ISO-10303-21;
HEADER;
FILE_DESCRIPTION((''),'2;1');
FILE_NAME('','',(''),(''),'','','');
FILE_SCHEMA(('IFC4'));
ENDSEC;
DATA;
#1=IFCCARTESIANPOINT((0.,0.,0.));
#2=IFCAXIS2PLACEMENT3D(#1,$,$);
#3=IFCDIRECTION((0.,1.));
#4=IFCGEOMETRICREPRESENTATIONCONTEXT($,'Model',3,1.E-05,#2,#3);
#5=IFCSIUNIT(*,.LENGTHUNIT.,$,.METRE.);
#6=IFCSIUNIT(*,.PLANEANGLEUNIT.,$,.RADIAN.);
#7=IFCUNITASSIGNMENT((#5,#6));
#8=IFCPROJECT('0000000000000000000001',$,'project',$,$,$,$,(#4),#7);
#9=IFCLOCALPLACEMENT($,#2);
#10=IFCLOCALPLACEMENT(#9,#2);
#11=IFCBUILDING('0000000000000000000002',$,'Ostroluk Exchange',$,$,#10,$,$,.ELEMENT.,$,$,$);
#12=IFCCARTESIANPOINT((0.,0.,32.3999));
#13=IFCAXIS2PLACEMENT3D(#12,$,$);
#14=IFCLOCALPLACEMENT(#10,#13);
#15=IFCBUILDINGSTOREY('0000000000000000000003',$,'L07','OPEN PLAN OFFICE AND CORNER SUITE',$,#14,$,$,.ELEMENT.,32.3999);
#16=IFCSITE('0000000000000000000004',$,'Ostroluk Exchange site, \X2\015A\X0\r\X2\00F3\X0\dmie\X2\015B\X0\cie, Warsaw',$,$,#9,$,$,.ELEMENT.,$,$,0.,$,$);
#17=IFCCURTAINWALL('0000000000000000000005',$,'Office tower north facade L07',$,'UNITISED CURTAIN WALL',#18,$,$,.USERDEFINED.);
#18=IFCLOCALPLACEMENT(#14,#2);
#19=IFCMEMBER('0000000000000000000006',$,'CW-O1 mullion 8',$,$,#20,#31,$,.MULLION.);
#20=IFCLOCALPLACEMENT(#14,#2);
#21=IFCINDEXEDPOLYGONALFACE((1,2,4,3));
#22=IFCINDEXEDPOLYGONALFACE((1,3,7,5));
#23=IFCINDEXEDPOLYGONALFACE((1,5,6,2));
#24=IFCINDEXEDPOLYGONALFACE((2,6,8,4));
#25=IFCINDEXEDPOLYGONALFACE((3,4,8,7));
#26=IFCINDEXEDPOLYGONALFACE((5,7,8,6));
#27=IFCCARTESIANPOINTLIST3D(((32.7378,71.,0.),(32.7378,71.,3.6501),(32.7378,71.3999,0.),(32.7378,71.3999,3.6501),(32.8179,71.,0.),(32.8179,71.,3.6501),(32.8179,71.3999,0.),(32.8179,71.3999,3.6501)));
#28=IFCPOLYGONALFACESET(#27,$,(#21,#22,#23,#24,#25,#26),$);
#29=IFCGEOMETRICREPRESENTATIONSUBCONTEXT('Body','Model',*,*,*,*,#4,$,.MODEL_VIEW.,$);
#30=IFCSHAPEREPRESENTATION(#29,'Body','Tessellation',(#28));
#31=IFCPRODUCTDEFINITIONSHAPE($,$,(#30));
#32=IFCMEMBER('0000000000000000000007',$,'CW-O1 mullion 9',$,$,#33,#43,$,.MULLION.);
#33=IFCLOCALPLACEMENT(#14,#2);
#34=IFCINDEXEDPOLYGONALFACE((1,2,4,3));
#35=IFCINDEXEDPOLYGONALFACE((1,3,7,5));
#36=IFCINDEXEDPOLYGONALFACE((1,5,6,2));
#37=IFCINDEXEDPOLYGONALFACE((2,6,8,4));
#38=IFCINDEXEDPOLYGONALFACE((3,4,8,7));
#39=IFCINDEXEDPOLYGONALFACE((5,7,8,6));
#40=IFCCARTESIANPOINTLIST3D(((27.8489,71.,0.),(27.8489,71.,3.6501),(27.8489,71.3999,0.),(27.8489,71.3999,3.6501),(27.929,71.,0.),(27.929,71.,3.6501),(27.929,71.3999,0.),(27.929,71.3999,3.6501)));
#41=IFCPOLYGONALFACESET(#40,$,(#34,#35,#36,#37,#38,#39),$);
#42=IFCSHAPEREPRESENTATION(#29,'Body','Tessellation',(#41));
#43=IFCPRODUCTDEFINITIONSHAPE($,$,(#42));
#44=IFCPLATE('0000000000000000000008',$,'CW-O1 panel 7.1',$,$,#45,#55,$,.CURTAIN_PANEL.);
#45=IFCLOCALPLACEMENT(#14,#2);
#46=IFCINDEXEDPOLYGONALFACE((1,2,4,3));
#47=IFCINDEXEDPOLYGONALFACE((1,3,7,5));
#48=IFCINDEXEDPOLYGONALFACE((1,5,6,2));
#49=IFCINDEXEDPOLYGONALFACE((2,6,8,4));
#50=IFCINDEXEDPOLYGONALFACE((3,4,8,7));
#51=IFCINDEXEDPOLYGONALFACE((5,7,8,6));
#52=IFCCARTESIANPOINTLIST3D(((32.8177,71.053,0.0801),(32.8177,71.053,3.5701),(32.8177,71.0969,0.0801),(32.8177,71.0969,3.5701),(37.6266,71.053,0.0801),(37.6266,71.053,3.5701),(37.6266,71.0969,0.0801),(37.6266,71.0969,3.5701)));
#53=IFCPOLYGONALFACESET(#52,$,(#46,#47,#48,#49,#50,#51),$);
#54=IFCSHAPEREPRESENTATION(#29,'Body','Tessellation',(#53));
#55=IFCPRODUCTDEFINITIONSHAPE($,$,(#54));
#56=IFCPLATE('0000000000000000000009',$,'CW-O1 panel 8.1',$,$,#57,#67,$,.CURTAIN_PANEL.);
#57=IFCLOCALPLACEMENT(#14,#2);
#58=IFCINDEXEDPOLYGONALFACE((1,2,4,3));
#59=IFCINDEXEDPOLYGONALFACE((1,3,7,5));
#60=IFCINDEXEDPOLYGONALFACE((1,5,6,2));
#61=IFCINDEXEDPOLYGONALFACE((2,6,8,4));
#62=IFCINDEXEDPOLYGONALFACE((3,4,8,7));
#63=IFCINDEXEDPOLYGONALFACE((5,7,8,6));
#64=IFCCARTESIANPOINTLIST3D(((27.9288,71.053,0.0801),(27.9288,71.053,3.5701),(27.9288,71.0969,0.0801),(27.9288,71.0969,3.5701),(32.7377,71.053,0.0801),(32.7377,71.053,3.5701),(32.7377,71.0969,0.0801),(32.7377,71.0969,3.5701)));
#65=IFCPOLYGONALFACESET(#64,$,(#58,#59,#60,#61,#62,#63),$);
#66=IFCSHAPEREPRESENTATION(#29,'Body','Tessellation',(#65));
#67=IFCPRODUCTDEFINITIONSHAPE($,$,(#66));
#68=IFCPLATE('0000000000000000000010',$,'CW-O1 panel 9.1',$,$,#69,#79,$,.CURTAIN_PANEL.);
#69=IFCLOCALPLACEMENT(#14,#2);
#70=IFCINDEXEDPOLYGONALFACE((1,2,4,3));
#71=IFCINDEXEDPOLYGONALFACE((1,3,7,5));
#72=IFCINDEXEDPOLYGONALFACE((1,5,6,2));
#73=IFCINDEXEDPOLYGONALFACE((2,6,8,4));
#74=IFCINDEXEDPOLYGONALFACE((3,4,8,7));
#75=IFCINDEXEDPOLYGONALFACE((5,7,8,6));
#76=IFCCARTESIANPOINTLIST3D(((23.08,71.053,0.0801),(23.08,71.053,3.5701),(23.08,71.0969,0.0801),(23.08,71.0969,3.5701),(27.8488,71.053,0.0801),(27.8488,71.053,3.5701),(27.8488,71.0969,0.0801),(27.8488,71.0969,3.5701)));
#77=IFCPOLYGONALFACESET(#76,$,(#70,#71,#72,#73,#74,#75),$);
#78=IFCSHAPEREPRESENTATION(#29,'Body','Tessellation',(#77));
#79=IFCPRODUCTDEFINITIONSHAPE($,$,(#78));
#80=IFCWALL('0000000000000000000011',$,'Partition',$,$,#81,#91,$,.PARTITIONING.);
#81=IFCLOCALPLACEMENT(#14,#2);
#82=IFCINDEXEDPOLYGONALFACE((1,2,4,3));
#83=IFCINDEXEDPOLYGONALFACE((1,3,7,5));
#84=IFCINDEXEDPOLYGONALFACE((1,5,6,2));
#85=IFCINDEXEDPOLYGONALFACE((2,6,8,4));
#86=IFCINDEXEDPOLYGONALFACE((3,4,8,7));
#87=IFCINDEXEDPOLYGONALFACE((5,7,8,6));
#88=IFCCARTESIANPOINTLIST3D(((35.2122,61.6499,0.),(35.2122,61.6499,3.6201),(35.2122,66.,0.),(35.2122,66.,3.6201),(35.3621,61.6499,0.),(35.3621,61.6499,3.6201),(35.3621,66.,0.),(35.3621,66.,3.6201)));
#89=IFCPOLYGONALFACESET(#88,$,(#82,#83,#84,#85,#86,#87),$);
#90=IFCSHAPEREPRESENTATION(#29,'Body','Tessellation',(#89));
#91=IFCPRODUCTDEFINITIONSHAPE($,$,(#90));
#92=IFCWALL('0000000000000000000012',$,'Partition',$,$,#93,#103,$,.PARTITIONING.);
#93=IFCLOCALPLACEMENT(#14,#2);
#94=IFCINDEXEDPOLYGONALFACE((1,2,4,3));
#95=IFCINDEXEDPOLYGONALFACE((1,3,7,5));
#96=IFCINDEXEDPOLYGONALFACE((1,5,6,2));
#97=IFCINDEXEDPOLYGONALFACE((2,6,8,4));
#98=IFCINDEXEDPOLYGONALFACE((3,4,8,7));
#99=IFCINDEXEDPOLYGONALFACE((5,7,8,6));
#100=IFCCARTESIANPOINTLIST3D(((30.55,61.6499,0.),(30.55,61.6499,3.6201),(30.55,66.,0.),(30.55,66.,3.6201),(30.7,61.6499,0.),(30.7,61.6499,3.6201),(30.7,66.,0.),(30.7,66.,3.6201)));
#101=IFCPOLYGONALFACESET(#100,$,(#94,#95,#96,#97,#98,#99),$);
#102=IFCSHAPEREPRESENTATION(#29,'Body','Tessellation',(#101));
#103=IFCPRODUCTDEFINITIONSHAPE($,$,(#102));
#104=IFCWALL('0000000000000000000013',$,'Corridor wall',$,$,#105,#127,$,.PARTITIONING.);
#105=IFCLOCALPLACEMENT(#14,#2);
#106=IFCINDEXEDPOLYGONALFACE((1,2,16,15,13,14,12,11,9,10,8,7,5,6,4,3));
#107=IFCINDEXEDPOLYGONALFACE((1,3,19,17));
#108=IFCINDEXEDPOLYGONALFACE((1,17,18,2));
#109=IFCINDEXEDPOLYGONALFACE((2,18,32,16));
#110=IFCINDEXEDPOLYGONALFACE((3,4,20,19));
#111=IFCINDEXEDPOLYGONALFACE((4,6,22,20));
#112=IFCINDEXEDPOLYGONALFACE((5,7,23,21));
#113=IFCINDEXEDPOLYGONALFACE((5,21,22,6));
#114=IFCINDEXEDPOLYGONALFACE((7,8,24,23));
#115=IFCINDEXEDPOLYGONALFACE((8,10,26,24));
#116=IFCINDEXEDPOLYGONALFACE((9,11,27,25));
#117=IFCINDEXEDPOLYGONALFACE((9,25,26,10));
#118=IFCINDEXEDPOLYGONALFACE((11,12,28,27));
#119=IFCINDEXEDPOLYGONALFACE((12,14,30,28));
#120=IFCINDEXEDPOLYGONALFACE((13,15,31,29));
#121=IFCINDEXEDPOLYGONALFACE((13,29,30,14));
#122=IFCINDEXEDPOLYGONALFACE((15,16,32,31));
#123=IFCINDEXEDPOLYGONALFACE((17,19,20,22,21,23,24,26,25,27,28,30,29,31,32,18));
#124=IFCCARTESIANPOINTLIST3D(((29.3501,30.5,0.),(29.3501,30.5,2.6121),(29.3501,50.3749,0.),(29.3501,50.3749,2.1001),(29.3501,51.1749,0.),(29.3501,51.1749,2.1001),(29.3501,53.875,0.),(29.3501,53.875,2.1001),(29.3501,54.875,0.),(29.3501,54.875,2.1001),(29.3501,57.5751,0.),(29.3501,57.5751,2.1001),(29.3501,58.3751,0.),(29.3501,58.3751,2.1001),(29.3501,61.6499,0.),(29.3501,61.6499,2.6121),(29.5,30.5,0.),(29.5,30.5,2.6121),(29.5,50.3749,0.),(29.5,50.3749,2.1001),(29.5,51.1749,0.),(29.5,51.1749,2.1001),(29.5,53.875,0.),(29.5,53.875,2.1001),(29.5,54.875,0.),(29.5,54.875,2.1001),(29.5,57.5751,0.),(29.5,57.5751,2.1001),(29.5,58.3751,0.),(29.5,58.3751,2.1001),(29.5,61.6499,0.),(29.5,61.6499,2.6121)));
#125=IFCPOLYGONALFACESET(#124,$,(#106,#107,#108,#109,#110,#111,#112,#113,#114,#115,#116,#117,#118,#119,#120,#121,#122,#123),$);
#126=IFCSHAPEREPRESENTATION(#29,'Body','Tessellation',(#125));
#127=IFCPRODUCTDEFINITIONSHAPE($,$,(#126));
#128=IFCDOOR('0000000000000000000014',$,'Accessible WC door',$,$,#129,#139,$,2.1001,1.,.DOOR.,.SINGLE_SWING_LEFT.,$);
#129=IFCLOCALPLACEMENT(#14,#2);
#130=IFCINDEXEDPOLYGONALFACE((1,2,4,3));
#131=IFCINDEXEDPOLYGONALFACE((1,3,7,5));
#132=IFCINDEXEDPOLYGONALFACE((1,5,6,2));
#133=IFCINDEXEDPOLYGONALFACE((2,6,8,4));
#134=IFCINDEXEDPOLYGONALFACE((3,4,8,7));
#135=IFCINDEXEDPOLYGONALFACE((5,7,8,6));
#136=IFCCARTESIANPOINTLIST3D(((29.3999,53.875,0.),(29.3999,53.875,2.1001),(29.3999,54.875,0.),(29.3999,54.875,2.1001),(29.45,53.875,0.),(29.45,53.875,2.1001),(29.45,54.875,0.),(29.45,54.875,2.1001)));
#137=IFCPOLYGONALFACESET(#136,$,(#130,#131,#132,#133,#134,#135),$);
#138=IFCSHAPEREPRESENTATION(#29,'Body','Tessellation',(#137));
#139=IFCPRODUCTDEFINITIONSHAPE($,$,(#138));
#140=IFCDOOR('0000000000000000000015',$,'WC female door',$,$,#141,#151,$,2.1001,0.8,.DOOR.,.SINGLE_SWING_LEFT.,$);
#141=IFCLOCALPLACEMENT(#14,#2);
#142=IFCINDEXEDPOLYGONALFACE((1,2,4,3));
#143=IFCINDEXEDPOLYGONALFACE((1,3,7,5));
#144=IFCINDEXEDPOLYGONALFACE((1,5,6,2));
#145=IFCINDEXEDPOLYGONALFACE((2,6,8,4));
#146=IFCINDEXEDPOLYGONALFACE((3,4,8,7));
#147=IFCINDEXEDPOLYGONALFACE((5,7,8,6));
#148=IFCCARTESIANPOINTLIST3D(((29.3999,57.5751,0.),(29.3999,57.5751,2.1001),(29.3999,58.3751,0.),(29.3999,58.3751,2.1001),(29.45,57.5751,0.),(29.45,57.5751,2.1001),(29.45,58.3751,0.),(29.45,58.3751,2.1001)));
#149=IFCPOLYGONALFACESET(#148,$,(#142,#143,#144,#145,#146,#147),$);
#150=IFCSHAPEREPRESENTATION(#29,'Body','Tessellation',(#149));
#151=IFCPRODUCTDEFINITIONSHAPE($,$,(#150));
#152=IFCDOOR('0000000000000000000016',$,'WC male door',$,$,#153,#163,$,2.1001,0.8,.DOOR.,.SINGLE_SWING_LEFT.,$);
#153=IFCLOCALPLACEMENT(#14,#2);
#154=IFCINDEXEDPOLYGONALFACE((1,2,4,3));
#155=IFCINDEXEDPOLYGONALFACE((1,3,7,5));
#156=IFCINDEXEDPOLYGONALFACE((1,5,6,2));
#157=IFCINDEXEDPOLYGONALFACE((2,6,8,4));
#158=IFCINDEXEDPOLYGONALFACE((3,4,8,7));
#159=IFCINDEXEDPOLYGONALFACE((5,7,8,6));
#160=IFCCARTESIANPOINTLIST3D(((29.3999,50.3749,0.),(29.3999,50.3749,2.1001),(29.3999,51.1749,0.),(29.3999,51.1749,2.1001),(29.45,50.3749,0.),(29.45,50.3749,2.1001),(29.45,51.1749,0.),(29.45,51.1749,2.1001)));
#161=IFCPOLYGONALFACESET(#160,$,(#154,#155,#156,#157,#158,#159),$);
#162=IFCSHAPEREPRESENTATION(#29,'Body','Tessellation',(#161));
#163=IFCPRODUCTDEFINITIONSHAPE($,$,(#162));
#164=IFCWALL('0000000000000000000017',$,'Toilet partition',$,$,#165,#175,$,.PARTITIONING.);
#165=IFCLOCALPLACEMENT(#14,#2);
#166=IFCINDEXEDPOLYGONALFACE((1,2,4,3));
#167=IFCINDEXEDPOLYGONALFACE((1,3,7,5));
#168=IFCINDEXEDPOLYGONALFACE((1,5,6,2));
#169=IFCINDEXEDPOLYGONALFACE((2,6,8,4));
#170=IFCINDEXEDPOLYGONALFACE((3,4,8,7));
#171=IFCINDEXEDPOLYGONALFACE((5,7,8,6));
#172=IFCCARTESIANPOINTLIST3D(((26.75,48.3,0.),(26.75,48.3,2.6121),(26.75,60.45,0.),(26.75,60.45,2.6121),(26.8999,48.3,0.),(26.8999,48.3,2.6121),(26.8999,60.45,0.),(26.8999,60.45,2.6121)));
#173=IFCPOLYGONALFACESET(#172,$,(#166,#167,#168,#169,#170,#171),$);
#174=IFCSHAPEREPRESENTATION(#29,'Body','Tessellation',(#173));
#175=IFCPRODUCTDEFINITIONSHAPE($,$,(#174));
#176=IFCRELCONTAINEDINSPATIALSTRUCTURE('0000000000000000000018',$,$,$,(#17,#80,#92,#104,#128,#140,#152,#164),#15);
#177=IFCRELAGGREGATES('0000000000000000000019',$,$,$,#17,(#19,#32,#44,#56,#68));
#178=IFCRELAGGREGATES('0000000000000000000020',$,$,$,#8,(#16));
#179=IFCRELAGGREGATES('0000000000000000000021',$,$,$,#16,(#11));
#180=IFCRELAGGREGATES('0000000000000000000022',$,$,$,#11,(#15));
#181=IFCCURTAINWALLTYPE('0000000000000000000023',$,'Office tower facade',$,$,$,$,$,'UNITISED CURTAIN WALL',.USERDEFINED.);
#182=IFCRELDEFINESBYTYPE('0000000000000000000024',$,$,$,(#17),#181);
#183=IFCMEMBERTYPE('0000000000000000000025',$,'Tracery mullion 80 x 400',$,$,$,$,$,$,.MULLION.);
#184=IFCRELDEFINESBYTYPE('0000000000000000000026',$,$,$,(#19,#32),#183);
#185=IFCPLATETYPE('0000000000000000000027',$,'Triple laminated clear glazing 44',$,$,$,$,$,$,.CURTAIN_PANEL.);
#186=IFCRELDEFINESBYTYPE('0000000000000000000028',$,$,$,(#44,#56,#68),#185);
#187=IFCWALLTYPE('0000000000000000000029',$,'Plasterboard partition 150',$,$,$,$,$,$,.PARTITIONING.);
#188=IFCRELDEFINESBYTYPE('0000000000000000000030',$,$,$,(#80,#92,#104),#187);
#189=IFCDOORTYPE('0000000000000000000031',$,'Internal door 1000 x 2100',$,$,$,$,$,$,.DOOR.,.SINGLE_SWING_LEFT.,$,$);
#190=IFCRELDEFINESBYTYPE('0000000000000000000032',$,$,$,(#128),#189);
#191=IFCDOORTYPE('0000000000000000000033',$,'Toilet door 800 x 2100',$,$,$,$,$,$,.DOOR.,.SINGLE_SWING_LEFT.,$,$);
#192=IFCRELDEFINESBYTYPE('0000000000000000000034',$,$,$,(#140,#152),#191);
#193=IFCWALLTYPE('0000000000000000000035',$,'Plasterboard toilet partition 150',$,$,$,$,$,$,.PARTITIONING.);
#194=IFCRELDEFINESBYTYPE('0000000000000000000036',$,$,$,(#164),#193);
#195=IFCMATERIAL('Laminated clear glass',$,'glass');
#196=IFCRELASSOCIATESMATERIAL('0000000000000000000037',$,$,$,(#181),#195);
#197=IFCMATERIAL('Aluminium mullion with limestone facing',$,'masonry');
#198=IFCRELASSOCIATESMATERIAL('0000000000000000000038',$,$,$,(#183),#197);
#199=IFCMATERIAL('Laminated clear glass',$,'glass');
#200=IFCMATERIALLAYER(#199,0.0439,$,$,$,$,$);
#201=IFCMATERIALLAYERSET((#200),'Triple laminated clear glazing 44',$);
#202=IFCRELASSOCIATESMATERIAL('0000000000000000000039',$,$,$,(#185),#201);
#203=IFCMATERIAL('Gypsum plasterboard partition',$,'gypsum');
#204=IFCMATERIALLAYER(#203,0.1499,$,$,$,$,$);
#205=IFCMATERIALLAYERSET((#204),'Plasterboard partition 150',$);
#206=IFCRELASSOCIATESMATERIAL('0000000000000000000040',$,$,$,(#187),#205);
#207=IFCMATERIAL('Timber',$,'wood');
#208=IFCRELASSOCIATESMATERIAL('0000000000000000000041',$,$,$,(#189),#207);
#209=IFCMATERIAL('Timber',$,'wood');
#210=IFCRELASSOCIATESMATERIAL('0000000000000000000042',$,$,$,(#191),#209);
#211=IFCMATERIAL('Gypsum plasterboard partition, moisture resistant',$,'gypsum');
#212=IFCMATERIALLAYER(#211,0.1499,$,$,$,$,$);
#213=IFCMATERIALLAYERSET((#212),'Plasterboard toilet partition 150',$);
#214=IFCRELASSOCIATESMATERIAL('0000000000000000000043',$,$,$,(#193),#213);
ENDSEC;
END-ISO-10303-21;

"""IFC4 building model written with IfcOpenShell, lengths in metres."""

from ifc_helpers import new_model, si_unit, direction, frame, frame_2d, origin, origin_2d, place, context, subcontext, project, spatial, rectangle, extrude, material, layer, layer_set, material_profile, profile_set, type_object, element, fill, aggregate, save


model = new_model("IFC4")

# Units and contexts
model_context = context("Model", 3, precision=1e-05, world=origin(), true_north=direction((0.0, 1.0)))
body_context = subcontext(model_context, "Body", "Model", "MODEL_VIEW")
ifc_project = project(units=[si_unit("LENGTHUNIT", "METRE"), si_unit("PLANEANGLEUNIT", "RADIAN")], contexts=[model_context])

# Site, building, storey
site_placement = place(None, origin())
site = spatial("IfcSite", under=ifc_project, at=site_placement, Name="Ostroluk Exchange site, Śródmieście, Warsaw", CompositionType="ELEMENT", RefElevation=0.0)
building_placement = place(site_placement, origin())
building = spatial("IfcBuilding", under=site, at=building_placement, Name="Ostroluk Exchange", CompositionType="ELEMENT")
storey_placement = place(building_placement, frame((0.0, 0.0, 32.3999)))
storey = spatial("IfcBuildingStorey", under=building, at=storey_placement, Name="L07", Description="OPEN PLAN OFFICE AND CORNER SUITE", CompositionType="ELEMENT", Elevation=32.3999)

# Curtain wall, members, plates
ifc_material_1 = material(Name="Laminated clear glass", Category="glass")
curtain_wall_type = type_object("IfcCurtainWallType", Name="Office tower facade", ElementType="UNITISED CURTAIN WALL", PredefinedType="USERDEFINED", material=ifc_material_1)
curtain_wall_placement = place(storey_placement, origin())
curtain_wall = element("IfcCurtainWall", 1, at=curtain_wall_placement, inside=storey, type_object=curtain_wall_type, Name="Office tower north facade L07", ObjectType="UNITISED CURTAIN WALL", PredefinedType="USERDEFINED")
ifc_material_2 = material(Name="Aluminium mullion with limestone facing", Category="masonry")
ifc_material_profile_1 = material_profile(ifc_material_2, rectangle(XDim=0.3999, YDim=0.0801, at=origin_2d()), Name="Tracery mullion 80 x 400")
ifc_profile_set_1 = profile_set([ifc_material_profile_1], Name="Aluminium mullion with limestone facing")
member_type_1 = type_object("IfcMemberType", Name="Tracery mullion 80 x 400", PredefinedType="MULLION", material=ifc_profile_set_1)
member_1_placement = place(storey_placement, frame((32.7778, 71.2, 0.0), z_axis=(0.0, 0.0, 1.0), x_axis=(0.0, -1.0, 0.0)))
member_1 = element("IfcMember", 2, at=member_1_placement, type_object=member_type_1, Name="CW-O1 mullion 8", PredefinedType="MULLION", context=body_context, shape_type="SweptSolid", body=[
    extrude(rectangle(XDim=0.3999, YDim=0.0801, at=origin_2d()), origin(), (0.0, 0.0, 1.0), 3.6501),
])
member_2_placement = place(storey_placement, frame((27.8889, 71.2, 0.0), z_axis=(0.0, 0.0, 1.0), x_axis=(0.0, -1.0, 0.0)))
member_2 = element("IfcMember", 3, at=member_2_placement, type_object=member_type_1, Name="CW-O1 mullion 9", PredefinedType="MULLION", context=body_context, shape_type="SweptSolid", body=[
    extrude(rectangle(XDim=0.3999, YDim=0.0801, at=origin_2d()), origin(), (0.0, 0.0, 1.0), 3.6501),
])
ifc_material_3 = material(Name="Laminated clear glass", Category="glass")
ifc_layer_1 = layer(ifc_material_3, 0.0439)
ifc_layer_set_1 = layer_set([ifc_layer_1], Name="Triple laminated clear glazing 44")
plate_type = type_object("IfcPlateType", Name="Triple laminated clear glazing 44", PredefinedType="CURTAIN_PANEL", material=ifc_layer_set_1)
plate_1_placement = place(storey_placement, frame((35.2222, 71.075, 0.0801), z_axis=(0.0, 0.0, 1.0), x_axis=(-1.0, 0.0, 0.0)))
plate_1 = element("IfcPlate", 4, at=plate_1_placement, type_object=plate_type, Name="CW-O1 panel 7.1", PredefinedType="CURTAIN_PANEL", context=body_context, shape_type="SweptSolid", body=[
    extrude(rectangle(XDim=4.8088, YDim=0.0439, at=origin_2d()), origin(), (0.0, 0.0, 1.0), 3.49),
])
plate_2_placement = place(storey_placement, frame((30.3333, 71.075, 0.0801), z_axis=(0.0, 0.0, 1.0), x_axis=(-1.0, 0.0, 0.0)))
plate_2 = element("IfcPlate", 5, at=plate_2_placement, type_object=plate_type, Name="CW-O1 panel 8.1", PredefinedType="CURTAIN_PANEL", context=body_context, shape_type="SweptSolid", body=[
    extrude(rectangle(XDim=4.8088, YDim=0.0439, at=origin_2d()), origin(), (0.0, 0.0, 1.0), 3.49),
])
plate_3_placement = place(storey_placement, frame((25.4644, 71.075, 0.0801), z_axis=(0.0, 0.0, 1.0), x_axis=(-1.0, 0.0, 0.0)))
plate_3 = element("IfcPlate", 6, at=plate_3_placement, type_object=plate_type, Name="CW-O1 panel 9.1", PredefinedType="CURTAIN_PANEL", context=body_context, shape_type="SweptSolid", body=[
    extrude(rectangle(XDim=4.7688, YDim=0.0439, at=origin_2d()), origin(), (0.0, 0.0, 1.0), 3.49),
])
aggregate(curtain_wall, [member_1, member_2, plate_1, plate_2, plate_3])

# Walls
ifc_material_4 = material(Name="Gypsum plasterboard partition", Category="gypsum")
ifc_layer_2 = layer(ifc_material_4, 0.1499)
ifc_layer_set_2 = layer_set([ifc_layer_2], Name="Plasterboard partition 150")
wall_type_1 = type_object("IfcWallType", Name="Plasterboard partition 150", PredefinedType="PARTITIONING", material=ifc_layer_set_2)
for number, where, z_axis, x_axis, name in (
    (7, (35.2871, 61.6499, 0.0), (0.0, 0.0, 1.0), (0.0, 1.0, 0.0), "Partition"),
    (8, (30.625, 61.6499, 0.0), (0.0, 0.0, 1.0), (0.0, 1.0, 0.0), "Partition"),
):
    element("IfcWall", number, at=place(storey_placement, frame(where, z_axis=z_axis, x_axis=x_axis)), inside=storey, type_object=wall_type_1, Name=name, PredefinedType="PARTITIONING", context=body_context, shape_type="SweptSolid", body=[
        extrude(rectangle(XDim=4.3501, YDim=0.1499, at=frame_2d((2.175, 0.0))), origin(), (0.0, 0.0, 1.0), 3.6201),
    ])

# Wall, openings, doors
wall_1_placement = place(storey_placement, frame((29.425, 61.6499, 0.0), z_axis=(0.0, 0.0, 1.0), x_axis=(0.0, -1.0, 0.0)))
wall_1 = element("IfcWall", 9, at=wall_1_placement, inside=storey, type_object=wall_type_1, Name="Corridor wall", PredefinedType="PARTITIONING", context=body_context, shape_type="SweptSolid", body=[
    extrude(rectangle(XDim=31.1499, YDim=0.1499, at=frame_2d((15.575, 0.0))), origin(), (0.0, 0.0, 1.0), 2.6121),
])
opening_1_placement = place(wall_1_placement, frame((3.2749, 0.0, 0.0)))
opening_1 = element("IfcOpeningElement", 10, at=opening_1_placement, cuts=wall_1, PredefinedType="OPENING", context=body_context, shape_type="SweptSolid", body=[
    extrude(rectangle(XDim=0.8, YDim=2.1001, at=frame_2d((0.3999, 1.05))), frame((0.0, 0.085, 0.0), z_axis=(0.0, -1.0, 0.0), x_axis=(1.0, 0.0, 0.0)), (0.0, 0.0, 1.0), 0.1699),
])
opening_2_placement = place(wall_1_placement, frame((6.7749, 0.0, 0.0)))
opening_2 = element("IfcOpeningElement", 11, at=opening_2_placement, cuts=wall_1, PredefinedType="OPENING", context=body_context, shape_type="SweptSolid", body=[
    extrude(rectangle(XDim=1.0, YDim=2.1001, at=frame_2d((0.5, 1.05))), frame((0.0, 0.085, 0.0), z_axis=(0.0, -1.0, 0.0), x_axis=(1.0, 0.0, 0.0)), (0.0, 0.0, 1.0), 0.1699),
])
opening_3_placement = place(wall_1_placement, frame((10.4751, 0.0, 0.0)))
opening_3 = element("IfcOpeningElement", 12, at=opening_3_placement, cuts=wall_1, PredefinedType="OPENING", context=body_context, shape_type="SweptSolid", body=[
    extrude(rectangle(XDim=0.8, YDim=2.1001, at=frame_2d((0.3999, 1.05))), frame((0.0, 0.085, 0.0), z_axis=(0.0, -1.0, 0.0), x_axis=(1.0, 0.0, 0.0)), (0.0, 0.0, 1.0), 0.1699),
])
ifc_material_5 = material(Name="Timber", Category="wood")
door_type_1 = type_object("IfcDoorType", Name="Internal door 1000 x 2100", OperationType="SINGLE_SWING_LEFT", PredefinedType="DOOR", material=ifc_material_5)
door_1_placement = place(opening_2_placement, origin())
door_1 = element("IfcDoor", 13, at=door_1_placement, inside=storey, type_object=door_type_1, Name="Accessible WC door", OperationType="SINGLE_SWING_LEFT", OverallHeight=2.1001, OverallWidth=1.0, PredefinedType="DOOR", context=body_context, shape_type="SweptSolid", body=[
    extrude(rectangle(XDim=1.0, YDim=2.1001, at=frame_2d((0.5, 1.05))), frame((0.0, 0.0249, 0.0), z_axis=(0.0, -1.0, 0.0), x_axis=(1.0, 0.0, 0.0)), (0.0, 0.0, 1.0), 0.05),
])
fill(opening_2, door_1)
ifc_material_6 = material(Name="Timber", Category="wood")
door_type_2 = type_object("IfcDoorType", Name="Toilet door 800 x 2100", OperationType="SINGLE_SWING_LEFT", PredefinedType="DOOR", material=ifc_material_6)
door_2_placement = place(opening_1_placement, origin())
door_2 = element("IfcDoor", 14, at=door_2_placement, inside=storey, type_object=door_type_2, Name="WC female door", OperationType="SINGLE_SWING_LEFT", OverallHeight=2.1001, OverallWidth=0.8, PredefinedType="DOOR", context=body_context, shape_type="SweptSolid", body=[
    extrude(rectangle(XDim=0.8, YDim=2.1001, at=frame_2d((0.3999, 1.05))), frame((0.0, 0.0249, 0.0), z_axis=(0.0, -1.0, 0.0), x_axis=(1.0, 0.0, 0.0)), (0.0, 0.0, 1.0), 0.05),
])
fill(opening_1, door_2)
door_3_placement = place(opening_3_placement, origin())
door_3 = element("IfcDoor", 15, at=door_3_placement, inside=storey, type_object=door_type_2, Name="WC male door", OperationType="SINGLE_SWING_LEFT", OverallHeight=2.1001, OverallWidth=0.8, PredefinedType="DOOR", context=body_context, shape_type="SweptSolid", body=[
    extrude(rectangle(XDim=0.8, YDim=2.1001, at=frame_2d((0.3999, 1.05))), frame((0.0, 0.0249, 0.0), z_axis=(0.0, -1.0, 0.0), x_axis=(1.0, 0.0, 0.0)), (0.0, 0.0, 1.0), 0.05),
])
fill(opening_3, door_3)

# Wall
ifc_material_7 = material(Name="Gypsum plasterboard partition, moisture resistant", Category="gypsum")
ifc_layer_3 = layer(ifc_material_7, 0.1499)
ifc_layer_set_3 = layer_set([ifc_layer_3], Name="Plasterboard toilet partition 150")
wall_type_2 = type_object("IfcWallType", Name="Plasterboard toilet partition 150", PredefinedType="PARTITIONING", material=ifc_layer_set_3)
wall_2_placement = place(storey_placement, frame((26.825, 60.45, 0.0), z_axis=(0.0, 0.0, 1.0), x_axis=(0.0, -1.0, 0.0)))
element("IfcWall", 16, at=wall_2_placement, inside=storey, type_object=wall_type_2, Name="Toilet partition", PredefinedType="PARTITIONING", context=body_context, shape_type="SweptSolid", body=[
    extrude(rectangle(XDim=12.1499, YDim=0.1499, at=frame_2d((6.075, 0.0))), origin(), (0.0, 0.0, 1.0), 2.6121),
])

save(model, "model.ifc")
